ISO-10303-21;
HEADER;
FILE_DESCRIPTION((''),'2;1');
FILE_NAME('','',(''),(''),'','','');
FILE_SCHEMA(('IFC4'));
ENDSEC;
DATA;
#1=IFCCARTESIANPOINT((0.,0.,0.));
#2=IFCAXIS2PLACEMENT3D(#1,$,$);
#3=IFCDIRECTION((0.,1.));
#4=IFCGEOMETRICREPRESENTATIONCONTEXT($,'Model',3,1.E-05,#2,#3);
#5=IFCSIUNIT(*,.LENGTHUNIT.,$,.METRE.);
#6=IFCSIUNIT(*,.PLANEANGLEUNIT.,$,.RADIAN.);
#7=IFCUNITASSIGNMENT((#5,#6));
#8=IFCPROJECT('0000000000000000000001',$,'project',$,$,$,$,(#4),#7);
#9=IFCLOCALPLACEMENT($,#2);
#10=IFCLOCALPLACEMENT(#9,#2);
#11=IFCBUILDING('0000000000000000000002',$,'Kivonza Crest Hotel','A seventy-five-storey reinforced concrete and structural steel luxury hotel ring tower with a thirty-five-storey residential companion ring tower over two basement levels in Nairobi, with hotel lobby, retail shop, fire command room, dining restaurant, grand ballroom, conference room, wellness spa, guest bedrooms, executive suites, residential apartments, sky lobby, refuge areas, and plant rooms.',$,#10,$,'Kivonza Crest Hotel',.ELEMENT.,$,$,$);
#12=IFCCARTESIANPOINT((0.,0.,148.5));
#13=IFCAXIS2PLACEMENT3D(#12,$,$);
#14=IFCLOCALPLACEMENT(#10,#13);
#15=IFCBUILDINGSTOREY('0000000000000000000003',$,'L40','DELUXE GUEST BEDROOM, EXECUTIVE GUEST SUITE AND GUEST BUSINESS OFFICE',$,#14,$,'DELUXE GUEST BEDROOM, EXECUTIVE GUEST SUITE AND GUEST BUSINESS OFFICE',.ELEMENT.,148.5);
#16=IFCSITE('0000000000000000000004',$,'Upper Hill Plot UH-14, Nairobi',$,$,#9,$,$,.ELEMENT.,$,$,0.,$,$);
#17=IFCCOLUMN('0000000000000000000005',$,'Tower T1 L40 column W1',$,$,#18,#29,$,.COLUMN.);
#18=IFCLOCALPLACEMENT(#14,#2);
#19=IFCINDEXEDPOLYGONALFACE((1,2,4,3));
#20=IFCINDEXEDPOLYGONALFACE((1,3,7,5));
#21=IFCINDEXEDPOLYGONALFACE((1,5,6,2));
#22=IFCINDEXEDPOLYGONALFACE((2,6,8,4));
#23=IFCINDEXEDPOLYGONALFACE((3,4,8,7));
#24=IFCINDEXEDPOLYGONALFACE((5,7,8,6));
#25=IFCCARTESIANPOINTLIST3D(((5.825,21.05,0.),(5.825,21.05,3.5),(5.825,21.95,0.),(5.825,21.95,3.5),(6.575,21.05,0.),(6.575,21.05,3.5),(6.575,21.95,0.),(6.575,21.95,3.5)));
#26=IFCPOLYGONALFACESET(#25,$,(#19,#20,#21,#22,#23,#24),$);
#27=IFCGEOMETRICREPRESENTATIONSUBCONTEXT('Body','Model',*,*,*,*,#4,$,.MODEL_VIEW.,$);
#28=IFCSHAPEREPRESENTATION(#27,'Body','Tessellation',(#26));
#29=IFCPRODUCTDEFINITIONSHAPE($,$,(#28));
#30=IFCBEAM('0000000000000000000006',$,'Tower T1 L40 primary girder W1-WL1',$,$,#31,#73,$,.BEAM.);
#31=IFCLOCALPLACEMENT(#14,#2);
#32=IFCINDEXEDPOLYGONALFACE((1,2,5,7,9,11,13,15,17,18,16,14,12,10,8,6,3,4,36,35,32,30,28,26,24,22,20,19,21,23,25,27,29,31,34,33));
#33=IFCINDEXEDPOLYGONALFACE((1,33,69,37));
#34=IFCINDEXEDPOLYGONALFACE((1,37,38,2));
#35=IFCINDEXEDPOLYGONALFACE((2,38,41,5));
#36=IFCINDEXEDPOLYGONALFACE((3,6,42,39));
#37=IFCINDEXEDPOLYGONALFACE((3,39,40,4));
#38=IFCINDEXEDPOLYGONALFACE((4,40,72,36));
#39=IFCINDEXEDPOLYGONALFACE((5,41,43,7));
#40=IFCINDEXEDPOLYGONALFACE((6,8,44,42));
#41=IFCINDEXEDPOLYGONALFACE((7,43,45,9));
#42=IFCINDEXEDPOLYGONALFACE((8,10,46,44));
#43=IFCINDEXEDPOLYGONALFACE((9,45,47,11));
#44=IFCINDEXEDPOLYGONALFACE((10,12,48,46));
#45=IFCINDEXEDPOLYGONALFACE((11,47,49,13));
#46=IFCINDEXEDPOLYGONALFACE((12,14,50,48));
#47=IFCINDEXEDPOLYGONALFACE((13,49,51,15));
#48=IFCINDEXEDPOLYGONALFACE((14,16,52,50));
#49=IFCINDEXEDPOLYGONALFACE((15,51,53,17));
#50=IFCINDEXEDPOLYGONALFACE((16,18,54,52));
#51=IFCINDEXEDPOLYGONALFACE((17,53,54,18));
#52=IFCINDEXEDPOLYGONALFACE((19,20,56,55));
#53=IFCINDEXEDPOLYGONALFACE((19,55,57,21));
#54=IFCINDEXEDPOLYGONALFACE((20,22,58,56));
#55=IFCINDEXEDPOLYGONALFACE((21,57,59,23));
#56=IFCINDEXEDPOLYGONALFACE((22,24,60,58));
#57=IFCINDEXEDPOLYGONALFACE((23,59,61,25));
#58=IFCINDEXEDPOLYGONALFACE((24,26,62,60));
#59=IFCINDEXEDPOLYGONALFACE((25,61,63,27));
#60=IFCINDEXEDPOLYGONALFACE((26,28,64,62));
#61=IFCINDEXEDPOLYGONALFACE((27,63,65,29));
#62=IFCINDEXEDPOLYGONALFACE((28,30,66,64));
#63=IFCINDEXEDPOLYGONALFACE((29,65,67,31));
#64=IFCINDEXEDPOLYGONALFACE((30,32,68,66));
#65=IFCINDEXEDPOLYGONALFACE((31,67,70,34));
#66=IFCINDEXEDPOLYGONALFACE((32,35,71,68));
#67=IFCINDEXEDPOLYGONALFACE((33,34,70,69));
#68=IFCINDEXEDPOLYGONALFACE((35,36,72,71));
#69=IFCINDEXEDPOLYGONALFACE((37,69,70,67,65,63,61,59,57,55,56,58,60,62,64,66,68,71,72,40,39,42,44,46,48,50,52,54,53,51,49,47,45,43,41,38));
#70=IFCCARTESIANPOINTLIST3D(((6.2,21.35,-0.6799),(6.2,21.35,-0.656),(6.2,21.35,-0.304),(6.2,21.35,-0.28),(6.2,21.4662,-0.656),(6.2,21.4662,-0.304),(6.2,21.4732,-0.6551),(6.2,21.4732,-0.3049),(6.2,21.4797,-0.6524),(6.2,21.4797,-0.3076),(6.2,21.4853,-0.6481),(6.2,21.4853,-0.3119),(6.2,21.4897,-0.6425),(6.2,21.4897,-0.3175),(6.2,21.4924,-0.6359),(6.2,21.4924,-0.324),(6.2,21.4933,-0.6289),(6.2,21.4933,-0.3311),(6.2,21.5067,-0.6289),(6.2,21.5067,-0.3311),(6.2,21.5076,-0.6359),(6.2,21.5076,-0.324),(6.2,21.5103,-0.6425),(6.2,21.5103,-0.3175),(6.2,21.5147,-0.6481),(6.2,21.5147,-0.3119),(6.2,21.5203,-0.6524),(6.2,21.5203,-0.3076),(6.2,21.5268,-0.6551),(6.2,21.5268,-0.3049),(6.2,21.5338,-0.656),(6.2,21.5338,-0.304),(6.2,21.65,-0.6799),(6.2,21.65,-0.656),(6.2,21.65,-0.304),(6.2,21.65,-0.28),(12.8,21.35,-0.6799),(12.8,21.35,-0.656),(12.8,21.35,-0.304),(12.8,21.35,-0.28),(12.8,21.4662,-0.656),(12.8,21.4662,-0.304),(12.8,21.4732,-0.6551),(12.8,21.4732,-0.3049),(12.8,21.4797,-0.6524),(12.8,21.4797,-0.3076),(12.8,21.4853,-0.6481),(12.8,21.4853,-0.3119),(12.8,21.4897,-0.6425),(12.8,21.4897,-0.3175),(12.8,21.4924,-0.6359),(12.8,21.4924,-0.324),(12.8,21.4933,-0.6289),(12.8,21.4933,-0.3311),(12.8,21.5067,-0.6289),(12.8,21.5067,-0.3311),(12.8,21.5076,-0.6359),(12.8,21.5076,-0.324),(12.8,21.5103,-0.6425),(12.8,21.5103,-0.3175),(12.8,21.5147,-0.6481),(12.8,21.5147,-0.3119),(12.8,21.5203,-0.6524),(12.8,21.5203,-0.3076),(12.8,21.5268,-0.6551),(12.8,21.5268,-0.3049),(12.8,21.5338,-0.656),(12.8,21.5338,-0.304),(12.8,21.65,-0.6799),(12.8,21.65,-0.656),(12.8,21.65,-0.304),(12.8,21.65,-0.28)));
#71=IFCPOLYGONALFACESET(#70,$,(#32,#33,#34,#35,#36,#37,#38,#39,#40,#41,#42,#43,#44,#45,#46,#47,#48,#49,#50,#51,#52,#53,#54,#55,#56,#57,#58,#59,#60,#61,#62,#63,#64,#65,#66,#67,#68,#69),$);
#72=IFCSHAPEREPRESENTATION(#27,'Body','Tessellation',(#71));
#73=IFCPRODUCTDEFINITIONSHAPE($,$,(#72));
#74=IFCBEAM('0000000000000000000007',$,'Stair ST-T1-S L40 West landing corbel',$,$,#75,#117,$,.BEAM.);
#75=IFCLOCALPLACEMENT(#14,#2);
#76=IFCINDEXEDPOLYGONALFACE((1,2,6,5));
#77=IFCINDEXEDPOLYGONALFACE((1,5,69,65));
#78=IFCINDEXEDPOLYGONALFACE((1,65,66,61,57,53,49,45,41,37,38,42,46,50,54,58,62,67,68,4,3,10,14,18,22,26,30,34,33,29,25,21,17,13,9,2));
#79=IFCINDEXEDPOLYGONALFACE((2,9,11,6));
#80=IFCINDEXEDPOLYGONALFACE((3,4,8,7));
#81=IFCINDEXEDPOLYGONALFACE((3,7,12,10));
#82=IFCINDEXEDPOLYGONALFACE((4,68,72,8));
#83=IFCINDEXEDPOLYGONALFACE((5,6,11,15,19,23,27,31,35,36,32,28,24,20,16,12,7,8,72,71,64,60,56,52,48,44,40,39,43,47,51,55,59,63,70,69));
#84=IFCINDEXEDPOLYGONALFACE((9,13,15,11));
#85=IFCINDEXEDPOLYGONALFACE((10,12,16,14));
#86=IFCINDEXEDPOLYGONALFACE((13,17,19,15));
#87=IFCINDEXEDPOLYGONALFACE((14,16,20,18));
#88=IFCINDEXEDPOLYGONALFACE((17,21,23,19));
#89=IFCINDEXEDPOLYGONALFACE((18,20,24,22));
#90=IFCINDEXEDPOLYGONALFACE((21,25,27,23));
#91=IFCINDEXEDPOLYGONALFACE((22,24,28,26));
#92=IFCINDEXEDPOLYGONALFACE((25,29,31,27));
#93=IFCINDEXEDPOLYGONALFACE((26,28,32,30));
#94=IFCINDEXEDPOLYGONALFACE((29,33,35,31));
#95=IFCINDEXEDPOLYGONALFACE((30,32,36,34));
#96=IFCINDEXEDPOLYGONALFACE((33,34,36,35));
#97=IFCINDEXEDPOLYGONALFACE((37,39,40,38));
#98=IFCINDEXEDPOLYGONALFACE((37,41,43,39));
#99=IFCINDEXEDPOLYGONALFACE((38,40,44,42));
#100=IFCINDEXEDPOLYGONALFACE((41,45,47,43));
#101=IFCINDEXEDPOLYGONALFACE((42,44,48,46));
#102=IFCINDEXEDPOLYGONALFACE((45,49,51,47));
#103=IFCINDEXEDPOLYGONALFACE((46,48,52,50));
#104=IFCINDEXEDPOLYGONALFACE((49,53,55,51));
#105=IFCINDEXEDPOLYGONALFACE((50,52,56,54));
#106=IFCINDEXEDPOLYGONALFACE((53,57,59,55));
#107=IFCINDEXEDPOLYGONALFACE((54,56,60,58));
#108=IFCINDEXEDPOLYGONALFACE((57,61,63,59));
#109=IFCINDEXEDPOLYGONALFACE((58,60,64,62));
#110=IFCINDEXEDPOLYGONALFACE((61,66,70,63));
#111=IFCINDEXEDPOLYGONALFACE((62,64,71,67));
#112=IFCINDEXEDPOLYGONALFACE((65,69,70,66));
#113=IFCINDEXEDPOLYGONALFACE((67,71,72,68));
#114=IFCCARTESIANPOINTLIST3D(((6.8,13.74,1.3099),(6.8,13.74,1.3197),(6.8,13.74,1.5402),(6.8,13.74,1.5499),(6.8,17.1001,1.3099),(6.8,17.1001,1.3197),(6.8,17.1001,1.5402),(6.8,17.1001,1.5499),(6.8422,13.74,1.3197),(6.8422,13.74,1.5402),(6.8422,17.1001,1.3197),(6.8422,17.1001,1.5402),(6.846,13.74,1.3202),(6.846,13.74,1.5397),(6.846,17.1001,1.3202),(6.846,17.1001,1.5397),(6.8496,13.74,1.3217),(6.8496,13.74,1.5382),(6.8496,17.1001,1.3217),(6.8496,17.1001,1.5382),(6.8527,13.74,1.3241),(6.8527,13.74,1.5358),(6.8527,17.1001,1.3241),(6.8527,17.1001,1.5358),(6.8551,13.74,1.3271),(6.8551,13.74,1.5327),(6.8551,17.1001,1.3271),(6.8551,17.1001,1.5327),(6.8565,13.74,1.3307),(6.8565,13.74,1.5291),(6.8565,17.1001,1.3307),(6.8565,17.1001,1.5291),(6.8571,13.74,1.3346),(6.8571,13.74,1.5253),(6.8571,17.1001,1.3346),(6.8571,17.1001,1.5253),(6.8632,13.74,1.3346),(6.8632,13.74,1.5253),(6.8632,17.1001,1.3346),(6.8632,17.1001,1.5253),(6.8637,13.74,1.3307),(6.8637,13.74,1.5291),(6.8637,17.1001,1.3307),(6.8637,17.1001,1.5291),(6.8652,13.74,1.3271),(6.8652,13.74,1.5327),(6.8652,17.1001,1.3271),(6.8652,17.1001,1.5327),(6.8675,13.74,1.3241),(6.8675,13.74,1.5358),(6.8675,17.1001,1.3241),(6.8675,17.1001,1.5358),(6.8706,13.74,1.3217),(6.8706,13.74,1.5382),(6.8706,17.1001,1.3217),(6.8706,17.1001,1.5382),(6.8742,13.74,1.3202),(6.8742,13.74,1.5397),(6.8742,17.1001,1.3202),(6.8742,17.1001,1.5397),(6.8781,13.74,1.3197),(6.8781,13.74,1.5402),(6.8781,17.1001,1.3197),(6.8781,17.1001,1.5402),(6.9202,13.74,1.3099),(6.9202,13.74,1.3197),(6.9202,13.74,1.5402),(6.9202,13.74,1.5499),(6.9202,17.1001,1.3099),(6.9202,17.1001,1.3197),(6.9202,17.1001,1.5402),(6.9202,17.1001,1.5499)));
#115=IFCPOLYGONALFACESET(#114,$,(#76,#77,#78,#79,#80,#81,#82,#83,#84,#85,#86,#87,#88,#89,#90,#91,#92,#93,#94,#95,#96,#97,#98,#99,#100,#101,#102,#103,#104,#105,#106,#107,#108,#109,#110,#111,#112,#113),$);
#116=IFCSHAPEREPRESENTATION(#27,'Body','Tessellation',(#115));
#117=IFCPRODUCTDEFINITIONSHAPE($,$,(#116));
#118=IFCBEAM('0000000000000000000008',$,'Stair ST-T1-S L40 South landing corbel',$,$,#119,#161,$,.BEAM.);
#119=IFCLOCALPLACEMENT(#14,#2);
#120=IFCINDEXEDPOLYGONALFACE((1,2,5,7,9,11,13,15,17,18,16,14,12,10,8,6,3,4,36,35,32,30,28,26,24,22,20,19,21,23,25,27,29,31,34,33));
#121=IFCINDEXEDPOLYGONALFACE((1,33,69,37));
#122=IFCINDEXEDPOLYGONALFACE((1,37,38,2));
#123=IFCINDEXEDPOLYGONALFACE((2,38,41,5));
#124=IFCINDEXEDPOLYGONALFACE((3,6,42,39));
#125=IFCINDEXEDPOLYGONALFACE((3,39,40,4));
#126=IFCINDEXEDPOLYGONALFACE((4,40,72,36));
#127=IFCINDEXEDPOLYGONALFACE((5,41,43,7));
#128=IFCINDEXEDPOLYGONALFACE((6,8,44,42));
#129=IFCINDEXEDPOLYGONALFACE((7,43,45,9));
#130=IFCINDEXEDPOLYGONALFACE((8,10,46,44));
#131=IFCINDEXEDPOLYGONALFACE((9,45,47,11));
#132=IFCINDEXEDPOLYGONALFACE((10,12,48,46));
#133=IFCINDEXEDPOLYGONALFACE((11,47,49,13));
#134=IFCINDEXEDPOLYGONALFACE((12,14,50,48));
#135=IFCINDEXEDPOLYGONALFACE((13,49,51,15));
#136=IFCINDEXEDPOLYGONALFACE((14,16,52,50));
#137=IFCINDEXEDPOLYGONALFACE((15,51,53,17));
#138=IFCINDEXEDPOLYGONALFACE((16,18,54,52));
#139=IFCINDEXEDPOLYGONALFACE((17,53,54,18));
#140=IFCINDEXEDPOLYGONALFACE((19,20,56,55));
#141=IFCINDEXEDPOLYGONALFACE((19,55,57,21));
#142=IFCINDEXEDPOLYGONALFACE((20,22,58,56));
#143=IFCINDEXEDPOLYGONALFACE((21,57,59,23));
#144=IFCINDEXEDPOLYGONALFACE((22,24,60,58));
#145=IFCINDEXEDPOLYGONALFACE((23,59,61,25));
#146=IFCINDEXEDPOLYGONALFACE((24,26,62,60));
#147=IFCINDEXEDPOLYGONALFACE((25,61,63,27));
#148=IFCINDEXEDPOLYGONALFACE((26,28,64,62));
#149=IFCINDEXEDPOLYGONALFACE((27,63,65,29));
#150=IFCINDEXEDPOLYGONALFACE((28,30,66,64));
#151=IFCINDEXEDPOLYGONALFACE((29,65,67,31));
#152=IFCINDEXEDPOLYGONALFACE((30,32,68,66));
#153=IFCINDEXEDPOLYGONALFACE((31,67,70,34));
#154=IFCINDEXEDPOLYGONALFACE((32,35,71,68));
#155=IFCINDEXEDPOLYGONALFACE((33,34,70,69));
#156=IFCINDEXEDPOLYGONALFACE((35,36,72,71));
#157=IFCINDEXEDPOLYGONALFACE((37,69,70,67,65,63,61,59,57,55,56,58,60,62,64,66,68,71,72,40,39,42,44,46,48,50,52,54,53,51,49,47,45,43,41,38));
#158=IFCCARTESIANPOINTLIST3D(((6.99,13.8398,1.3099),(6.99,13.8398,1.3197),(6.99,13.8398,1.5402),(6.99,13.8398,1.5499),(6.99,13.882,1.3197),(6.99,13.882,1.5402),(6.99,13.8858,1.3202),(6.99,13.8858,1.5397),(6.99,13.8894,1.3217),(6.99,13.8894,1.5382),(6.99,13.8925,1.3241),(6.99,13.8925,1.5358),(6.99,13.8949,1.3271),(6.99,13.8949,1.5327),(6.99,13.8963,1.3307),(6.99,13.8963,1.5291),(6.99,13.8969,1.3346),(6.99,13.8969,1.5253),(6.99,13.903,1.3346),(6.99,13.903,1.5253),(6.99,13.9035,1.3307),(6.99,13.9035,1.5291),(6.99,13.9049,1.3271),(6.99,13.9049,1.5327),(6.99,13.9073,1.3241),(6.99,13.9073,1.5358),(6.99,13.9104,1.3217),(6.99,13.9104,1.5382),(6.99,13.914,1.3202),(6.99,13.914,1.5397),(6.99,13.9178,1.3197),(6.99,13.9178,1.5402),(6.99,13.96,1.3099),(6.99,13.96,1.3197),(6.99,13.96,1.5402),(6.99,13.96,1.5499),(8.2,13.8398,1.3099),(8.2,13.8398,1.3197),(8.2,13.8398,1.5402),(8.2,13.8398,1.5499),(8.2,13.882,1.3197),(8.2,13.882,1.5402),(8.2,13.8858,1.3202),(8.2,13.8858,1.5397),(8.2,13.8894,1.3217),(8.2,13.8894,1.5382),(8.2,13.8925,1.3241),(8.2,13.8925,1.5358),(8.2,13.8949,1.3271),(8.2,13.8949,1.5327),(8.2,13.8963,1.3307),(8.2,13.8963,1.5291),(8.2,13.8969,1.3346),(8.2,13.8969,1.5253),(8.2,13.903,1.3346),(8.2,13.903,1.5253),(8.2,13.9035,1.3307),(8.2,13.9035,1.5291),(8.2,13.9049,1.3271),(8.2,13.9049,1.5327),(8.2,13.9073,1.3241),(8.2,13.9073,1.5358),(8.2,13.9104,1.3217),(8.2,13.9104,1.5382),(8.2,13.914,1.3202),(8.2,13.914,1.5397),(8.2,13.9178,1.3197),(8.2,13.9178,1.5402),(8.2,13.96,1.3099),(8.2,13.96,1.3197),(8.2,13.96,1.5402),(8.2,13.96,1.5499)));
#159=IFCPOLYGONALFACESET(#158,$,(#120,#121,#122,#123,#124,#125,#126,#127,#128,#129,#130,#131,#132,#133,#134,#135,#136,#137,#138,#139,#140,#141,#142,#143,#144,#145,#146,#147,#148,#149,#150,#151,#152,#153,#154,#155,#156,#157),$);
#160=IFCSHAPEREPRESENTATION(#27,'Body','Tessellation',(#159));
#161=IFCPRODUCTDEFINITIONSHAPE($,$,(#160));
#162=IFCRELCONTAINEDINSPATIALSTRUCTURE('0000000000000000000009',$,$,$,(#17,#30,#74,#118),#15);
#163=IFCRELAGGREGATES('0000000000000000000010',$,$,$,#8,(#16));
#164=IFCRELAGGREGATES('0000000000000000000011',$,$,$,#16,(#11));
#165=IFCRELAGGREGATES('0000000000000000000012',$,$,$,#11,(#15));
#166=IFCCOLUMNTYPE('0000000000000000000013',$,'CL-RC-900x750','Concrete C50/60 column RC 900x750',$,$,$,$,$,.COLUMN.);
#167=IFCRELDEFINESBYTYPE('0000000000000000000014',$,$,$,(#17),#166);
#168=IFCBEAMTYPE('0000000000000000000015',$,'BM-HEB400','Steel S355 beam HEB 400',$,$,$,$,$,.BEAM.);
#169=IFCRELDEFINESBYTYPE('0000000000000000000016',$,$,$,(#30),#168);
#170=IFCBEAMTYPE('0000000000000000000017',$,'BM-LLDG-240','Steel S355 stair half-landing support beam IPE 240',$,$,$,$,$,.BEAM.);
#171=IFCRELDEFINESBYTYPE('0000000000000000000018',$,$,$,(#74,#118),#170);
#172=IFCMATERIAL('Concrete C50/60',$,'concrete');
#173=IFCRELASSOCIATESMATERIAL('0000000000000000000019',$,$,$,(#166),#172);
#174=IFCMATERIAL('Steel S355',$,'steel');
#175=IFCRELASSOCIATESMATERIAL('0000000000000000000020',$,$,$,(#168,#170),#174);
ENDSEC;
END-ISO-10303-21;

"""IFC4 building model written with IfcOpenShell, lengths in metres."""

from ifc_helpers import new_model, si_unit, direction, frame, origin, origin_2d, place, context, subcontext, project, spatial, rectangle, i_section, extrude, material, material_profile, profile_set, type_object, element, save


model = new_model("IFC4")

# Units and contexts
model_context = context("Model", 3, precision=1e-05, world=origin(), true_north=direction((0.0, 1.0)))
body_context = subcontext(model_context, "Body", "Model", "MODEL_VIEW")
ifc_project = project(units=[si_unit("LENGTHUNIT", "METRE"), si_unit("PLANEANGLEUNIT", "RADIAN")], contexts=[model_context])

# Site, building, storey
site_placement = place(None, origin())
site = spatial("IfcSite", under=ifc_project, at=site_placement, Name="Upper Hill Plot UH-14, Nairobi", CompositionType="ELEMENT", RefElevation=0.0)
building_placement = place(site_placement, origin())
building = spatial("IfcBuilding", under=site, at=building_placement, Name="Kivonza Crest Hotel", Description="A seventy-five-storey reinforced concrete and structural steel luxury hotel ring tower with a thirty-five-storey residential companion ring tower over two basement levels in Nairobi, with hotel lobby, retail shop, fire command room, dining restaurant, grand ballroom, conference room, wellness spa, guest bedrooms, executive suites, residential apartments, sky lobby, refuge areas, and plant rooms.", LongName="Kivonza Crest Hotel", CompositionType="ELEMENT")
storey_placement = place(building_placement, frame((0.0, 0.0, 148.5)))
storey = spatial("IfcBuildingStorey", under=building, at=storey_placement, Name="L40", Description="DELUXE GUEST BEDROOM, EXECUTIVE GUEST SUITE AND GUEST BUSINESS OFFICE", LongName="DELUXE GUEST BEDROOM, EXECUTIVE GUEST SUITE AND GUEST BUSINESS OFFICE", CompositionType="ELEMENT", Elevation=148.5)

# Column
ifc_material_1 = material(Name="Concrete C50/60", Category="concrete")
ifc_material_profile_1 = material_profile(ifc_material_1, rectangle(XDim=0.75, YDim=0.8999, at=origin_2d()), Name="RC 900x750")
ifc_profile_set_1 = profile_set([ifc_material_profile_1], Name="Concrete C50/60")
column_type = type_object("IfcColumnType", Name="CL-RC-900x750", Description="Concrete C50/60 column RC 900x750", PredefinedType="COLUMN", material=ifc_profile_set_1)
column_placement = place(storey_placement, frame((6.2, 21.5, 0.0), z_axis=(0.0, 0.0, 1.0), x_axis=(1.0, 0.0, 0.0)))
element("IfcColumn", 1, at=column_placement, inside=storey, type_object=column_type, Name="Tower T1 L40 column W1", PredefinedType="COLUMN", context=body_context, shape_type="SweptSolid", body=[
    extrude(rectangle(XDim=0.75, YDim=0.8999, at=origin_2d()), origin(), (0.0, 0.0, 1.0), 3.5),
])

# Beams
ifc_material_2 = material(Name="Steel S355", Category="steel")
ifc_material_profile_2 = material_profile(ifc_material_2, i_section(OverallWidth=0.3, OverallDepth=0.3999, WebThickness=0.0134, FlangeThickness=0.0239, FilletRadius=0.0271, at=origin_2d()), Name="HEB 400")
ifc_profile_set_2 = profile_set([ifc_material_profile_2], Name="Steel S355")
beam_type_1 = type_object("IfcBeamType", Name="BM-HEB400", Description="Steel S355 beam HEB 400", PredefinedType="BEAM", material=ifc_profile_set_2)
beam_1_placement = place(storey_placement, frame((6.2, 21.5, -0.48), z_axis=(1.0, 0.0, 0.0), x_axis=(0.0, 1.0, 0.0)))
element("IfcBeam", 2, at=beam_1_placement, inside=storey, type_object=beam_type_1, Name="Tower T1 L40 primary girder W1-WL1", PredefinedType="BEAM", context=body_context, shape_type="SweptSolid", body=[
    extrude(i_section(OverallWidth=0.3, OverallDepth=0.3999, WebThickness=0.0134, FlangeThickness=0.0239, FilletRadius=0.0271, at=origin_2d()), origin(), (0.0, 0.0, 1.0), 6.6001),
])
ifc_material_profile_3 = material_profile(ifc_material_2, i_section(OverallWidth=0.1201, OverallDepth=0.24, WebThickness=0.0061, FlangeThickness=0.0098, FilletRadius=0.0149, at=origin_2d()), Name="IPE 240")
ifc_profile_set_3 = profile_set([ifc_material_profile_3], Name="Steel S355")
beam_type_2 = type_object("IfcBeamType", Name="BM-LLDG-240", Description="Steel S355 stair half-landing support beam IPE 240", PredefinedType="BEAM", material=ifc_profile_set_3)
beam_2_placement = place(storey_placement, frame((6.8601, 13.74, 1.4299), z_axis=(0.0, 1.0, 0.0), x_axis=(-1.0, 0.0, 0.0)))
element("IfcBeam", 3, at=beam_2_placement, inside=storey, type_object=beam_type_2, Name="Stair ST-T1-S L40 West landing corbel", PredefinedType="BEAM", context=body_context, shape_type="SweptSolid", body=[
    extrude(i_section(OverallWidth=0.1201, OverallDepth=0.24, WebThickness=0.0061, FlangeThickness=0.0098, FilletRadius=0.0149, at=origin_2d()), origin(), (0.0, 0.0, 1.0), 3.3601),
])
for number, where, z_axis, x_axis, name in (
    (4, (6.99, 13.8999, 1.4299), (1.0, 0.0, 0.0), (0.0, 1.0, 0.0), "Stair ST-T1-S L40 South landing corbel"),
):
    element("IfcBeam", number, at=place(storey_placement, frame(where, z_axis=z_axis, x_axis=x_axis)), inside=storey, type_object=beam_type_2, Name=name, PredefinedType="BEAM", context=body_context, shape_type="SweptSolid", body=[
        extrude(i_section(OverallWidth=0.1201, OverallDepth=0.24, WebThickness=0.0061, FlangeThickness=0.0098, FilletRadius=0.0149, at=origin_2d()), origin(), (0.0, 0.0, 1.0), 1.21),
    ])

save(model, "model.ifc")
